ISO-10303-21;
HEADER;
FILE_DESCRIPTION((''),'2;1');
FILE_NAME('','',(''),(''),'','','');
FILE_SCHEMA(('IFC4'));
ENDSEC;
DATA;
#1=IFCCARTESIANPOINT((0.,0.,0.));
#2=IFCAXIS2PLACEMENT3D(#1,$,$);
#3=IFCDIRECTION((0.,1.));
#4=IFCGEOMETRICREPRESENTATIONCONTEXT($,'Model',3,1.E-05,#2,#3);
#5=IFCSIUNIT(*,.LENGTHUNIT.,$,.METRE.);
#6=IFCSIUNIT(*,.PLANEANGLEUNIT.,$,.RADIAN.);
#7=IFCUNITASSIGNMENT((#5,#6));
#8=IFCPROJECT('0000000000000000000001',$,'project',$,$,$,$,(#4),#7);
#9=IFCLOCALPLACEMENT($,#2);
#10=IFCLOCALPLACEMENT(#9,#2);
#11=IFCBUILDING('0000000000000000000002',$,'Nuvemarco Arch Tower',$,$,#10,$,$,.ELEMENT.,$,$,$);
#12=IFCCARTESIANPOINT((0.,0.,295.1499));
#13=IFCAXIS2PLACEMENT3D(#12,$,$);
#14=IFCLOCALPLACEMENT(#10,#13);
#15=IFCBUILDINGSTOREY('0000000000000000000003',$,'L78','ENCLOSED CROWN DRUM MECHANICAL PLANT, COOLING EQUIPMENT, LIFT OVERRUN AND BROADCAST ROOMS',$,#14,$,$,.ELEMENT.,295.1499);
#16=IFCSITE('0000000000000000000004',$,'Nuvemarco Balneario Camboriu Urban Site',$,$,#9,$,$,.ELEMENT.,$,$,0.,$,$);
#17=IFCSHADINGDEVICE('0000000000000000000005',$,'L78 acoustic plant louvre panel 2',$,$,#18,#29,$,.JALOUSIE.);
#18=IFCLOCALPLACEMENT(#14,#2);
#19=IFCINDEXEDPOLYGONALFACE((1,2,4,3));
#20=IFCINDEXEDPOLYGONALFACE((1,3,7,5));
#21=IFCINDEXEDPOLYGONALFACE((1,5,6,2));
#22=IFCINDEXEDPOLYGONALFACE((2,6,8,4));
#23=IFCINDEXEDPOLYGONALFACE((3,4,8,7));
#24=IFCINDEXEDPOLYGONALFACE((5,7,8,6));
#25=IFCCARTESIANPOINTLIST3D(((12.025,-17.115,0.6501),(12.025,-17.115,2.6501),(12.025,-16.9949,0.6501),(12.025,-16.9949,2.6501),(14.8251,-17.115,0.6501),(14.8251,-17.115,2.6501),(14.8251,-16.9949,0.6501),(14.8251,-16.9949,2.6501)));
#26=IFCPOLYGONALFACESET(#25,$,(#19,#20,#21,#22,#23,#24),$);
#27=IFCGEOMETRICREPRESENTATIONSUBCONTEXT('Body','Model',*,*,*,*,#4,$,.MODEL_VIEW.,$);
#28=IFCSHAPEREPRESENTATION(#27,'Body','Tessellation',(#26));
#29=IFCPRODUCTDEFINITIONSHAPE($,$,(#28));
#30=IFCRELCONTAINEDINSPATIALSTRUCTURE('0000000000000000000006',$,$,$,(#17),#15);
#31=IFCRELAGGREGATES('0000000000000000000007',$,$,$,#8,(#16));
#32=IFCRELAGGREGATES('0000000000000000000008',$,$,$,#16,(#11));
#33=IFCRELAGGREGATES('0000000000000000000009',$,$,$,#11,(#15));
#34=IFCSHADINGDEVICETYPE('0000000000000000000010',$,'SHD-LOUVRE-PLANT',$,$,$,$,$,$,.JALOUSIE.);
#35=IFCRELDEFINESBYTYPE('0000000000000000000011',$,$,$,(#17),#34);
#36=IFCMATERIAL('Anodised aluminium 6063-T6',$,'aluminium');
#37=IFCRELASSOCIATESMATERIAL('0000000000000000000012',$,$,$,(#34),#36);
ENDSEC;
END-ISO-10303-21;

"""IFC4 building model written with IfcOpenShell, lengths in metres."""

from ifc_helpers import new_model, si_unit, direction, frame, origin, origin_2d, place, context, subcontext, project, spatial, rectangle, extrude, source, transform, mapped, material, type_object, type_shapes, element, save


model = new_model("IFC4")

# Units and contexts
model_context = context("Model", 3, precision=1e-05, world=origin(), true_north=direction((0.0, 1.0)))
body_context = subcontext(model_context, "Body", "Model", "MODEL_VIEW")
ifc_project = project(units=[si_unit("LENGTHUNIT", "METRE"), si_unit("PLANEANGLEUNIT", "RADIAN")], contexts=[model_context])

# Site, building, storey
site_placement = place(None, origin())
site = spatial("IfcSite", under=ifc_project, at=site_placement, Name="Nuvemarco Balneario Camboriu Urban Site", CompositionType="ELEMENT", RefElevation=0.0)
building_placement = place(site_placement, origin())
building = spatial("IfcBuilding", under=site, at=building_placement, Name="Nuvemarco Arch Tower", CompositionType="ELEMENT")
storey_placement = place(building_placement, frame((0.0, 0.0, 295.1499)))
storey = spatial("IfcBuildingStorey", under=building, at=storey_placement, Name="L78", Description="ENCLOSED CROWN DRUM MECHANICAL PLANT, COOLING EQUIPMENT, LIFT OVERRUN AND BROADCAST ROOMS", CompositionType="ELEMENT", Elevation=295.1499)

# Shading device
ifc_material_1 = material(Name="Anodised aluminium 6063-T6", Category="aluminium")
shading_device_type = type_object("IfcShadingDeviceType", Name="SHD-LOUVRE-PLANT", PredefinedType="JALOUSIE", material=ifc_material_1)
shared_shape_1 = source(origin(), body_context, "Body", "SweptSolid", [
    extrude(rectangle(XDim=2.8, YDim=0.1201, at=origin_2d()), origin(), (0.0, 0.0, 1.0), 2.0),
])
type_shapes(shading_device_type, [shared_shape_1])
shading_device_placement = place(storey_placement, frame((13.425, -17.0549, 0.6501), z_axis=(0.0, 0.0, 1.0), x_axis=(1.0, 0.0, 0.0)))
element("IfcShadingDevice", 1, at=shading_device_placement, inside=storey, type_object=shading_device_type, Name="L78 acoustic plant louvre panel 2", PredefinedType="JALOUSIE", context=body_context, shape_type="MappedRepresentation", body=[
    mapped(shared_shape_1, transform((0.0, 0.0, 0.0), scale=1.0)),
])

save(model, "model.ifc")
